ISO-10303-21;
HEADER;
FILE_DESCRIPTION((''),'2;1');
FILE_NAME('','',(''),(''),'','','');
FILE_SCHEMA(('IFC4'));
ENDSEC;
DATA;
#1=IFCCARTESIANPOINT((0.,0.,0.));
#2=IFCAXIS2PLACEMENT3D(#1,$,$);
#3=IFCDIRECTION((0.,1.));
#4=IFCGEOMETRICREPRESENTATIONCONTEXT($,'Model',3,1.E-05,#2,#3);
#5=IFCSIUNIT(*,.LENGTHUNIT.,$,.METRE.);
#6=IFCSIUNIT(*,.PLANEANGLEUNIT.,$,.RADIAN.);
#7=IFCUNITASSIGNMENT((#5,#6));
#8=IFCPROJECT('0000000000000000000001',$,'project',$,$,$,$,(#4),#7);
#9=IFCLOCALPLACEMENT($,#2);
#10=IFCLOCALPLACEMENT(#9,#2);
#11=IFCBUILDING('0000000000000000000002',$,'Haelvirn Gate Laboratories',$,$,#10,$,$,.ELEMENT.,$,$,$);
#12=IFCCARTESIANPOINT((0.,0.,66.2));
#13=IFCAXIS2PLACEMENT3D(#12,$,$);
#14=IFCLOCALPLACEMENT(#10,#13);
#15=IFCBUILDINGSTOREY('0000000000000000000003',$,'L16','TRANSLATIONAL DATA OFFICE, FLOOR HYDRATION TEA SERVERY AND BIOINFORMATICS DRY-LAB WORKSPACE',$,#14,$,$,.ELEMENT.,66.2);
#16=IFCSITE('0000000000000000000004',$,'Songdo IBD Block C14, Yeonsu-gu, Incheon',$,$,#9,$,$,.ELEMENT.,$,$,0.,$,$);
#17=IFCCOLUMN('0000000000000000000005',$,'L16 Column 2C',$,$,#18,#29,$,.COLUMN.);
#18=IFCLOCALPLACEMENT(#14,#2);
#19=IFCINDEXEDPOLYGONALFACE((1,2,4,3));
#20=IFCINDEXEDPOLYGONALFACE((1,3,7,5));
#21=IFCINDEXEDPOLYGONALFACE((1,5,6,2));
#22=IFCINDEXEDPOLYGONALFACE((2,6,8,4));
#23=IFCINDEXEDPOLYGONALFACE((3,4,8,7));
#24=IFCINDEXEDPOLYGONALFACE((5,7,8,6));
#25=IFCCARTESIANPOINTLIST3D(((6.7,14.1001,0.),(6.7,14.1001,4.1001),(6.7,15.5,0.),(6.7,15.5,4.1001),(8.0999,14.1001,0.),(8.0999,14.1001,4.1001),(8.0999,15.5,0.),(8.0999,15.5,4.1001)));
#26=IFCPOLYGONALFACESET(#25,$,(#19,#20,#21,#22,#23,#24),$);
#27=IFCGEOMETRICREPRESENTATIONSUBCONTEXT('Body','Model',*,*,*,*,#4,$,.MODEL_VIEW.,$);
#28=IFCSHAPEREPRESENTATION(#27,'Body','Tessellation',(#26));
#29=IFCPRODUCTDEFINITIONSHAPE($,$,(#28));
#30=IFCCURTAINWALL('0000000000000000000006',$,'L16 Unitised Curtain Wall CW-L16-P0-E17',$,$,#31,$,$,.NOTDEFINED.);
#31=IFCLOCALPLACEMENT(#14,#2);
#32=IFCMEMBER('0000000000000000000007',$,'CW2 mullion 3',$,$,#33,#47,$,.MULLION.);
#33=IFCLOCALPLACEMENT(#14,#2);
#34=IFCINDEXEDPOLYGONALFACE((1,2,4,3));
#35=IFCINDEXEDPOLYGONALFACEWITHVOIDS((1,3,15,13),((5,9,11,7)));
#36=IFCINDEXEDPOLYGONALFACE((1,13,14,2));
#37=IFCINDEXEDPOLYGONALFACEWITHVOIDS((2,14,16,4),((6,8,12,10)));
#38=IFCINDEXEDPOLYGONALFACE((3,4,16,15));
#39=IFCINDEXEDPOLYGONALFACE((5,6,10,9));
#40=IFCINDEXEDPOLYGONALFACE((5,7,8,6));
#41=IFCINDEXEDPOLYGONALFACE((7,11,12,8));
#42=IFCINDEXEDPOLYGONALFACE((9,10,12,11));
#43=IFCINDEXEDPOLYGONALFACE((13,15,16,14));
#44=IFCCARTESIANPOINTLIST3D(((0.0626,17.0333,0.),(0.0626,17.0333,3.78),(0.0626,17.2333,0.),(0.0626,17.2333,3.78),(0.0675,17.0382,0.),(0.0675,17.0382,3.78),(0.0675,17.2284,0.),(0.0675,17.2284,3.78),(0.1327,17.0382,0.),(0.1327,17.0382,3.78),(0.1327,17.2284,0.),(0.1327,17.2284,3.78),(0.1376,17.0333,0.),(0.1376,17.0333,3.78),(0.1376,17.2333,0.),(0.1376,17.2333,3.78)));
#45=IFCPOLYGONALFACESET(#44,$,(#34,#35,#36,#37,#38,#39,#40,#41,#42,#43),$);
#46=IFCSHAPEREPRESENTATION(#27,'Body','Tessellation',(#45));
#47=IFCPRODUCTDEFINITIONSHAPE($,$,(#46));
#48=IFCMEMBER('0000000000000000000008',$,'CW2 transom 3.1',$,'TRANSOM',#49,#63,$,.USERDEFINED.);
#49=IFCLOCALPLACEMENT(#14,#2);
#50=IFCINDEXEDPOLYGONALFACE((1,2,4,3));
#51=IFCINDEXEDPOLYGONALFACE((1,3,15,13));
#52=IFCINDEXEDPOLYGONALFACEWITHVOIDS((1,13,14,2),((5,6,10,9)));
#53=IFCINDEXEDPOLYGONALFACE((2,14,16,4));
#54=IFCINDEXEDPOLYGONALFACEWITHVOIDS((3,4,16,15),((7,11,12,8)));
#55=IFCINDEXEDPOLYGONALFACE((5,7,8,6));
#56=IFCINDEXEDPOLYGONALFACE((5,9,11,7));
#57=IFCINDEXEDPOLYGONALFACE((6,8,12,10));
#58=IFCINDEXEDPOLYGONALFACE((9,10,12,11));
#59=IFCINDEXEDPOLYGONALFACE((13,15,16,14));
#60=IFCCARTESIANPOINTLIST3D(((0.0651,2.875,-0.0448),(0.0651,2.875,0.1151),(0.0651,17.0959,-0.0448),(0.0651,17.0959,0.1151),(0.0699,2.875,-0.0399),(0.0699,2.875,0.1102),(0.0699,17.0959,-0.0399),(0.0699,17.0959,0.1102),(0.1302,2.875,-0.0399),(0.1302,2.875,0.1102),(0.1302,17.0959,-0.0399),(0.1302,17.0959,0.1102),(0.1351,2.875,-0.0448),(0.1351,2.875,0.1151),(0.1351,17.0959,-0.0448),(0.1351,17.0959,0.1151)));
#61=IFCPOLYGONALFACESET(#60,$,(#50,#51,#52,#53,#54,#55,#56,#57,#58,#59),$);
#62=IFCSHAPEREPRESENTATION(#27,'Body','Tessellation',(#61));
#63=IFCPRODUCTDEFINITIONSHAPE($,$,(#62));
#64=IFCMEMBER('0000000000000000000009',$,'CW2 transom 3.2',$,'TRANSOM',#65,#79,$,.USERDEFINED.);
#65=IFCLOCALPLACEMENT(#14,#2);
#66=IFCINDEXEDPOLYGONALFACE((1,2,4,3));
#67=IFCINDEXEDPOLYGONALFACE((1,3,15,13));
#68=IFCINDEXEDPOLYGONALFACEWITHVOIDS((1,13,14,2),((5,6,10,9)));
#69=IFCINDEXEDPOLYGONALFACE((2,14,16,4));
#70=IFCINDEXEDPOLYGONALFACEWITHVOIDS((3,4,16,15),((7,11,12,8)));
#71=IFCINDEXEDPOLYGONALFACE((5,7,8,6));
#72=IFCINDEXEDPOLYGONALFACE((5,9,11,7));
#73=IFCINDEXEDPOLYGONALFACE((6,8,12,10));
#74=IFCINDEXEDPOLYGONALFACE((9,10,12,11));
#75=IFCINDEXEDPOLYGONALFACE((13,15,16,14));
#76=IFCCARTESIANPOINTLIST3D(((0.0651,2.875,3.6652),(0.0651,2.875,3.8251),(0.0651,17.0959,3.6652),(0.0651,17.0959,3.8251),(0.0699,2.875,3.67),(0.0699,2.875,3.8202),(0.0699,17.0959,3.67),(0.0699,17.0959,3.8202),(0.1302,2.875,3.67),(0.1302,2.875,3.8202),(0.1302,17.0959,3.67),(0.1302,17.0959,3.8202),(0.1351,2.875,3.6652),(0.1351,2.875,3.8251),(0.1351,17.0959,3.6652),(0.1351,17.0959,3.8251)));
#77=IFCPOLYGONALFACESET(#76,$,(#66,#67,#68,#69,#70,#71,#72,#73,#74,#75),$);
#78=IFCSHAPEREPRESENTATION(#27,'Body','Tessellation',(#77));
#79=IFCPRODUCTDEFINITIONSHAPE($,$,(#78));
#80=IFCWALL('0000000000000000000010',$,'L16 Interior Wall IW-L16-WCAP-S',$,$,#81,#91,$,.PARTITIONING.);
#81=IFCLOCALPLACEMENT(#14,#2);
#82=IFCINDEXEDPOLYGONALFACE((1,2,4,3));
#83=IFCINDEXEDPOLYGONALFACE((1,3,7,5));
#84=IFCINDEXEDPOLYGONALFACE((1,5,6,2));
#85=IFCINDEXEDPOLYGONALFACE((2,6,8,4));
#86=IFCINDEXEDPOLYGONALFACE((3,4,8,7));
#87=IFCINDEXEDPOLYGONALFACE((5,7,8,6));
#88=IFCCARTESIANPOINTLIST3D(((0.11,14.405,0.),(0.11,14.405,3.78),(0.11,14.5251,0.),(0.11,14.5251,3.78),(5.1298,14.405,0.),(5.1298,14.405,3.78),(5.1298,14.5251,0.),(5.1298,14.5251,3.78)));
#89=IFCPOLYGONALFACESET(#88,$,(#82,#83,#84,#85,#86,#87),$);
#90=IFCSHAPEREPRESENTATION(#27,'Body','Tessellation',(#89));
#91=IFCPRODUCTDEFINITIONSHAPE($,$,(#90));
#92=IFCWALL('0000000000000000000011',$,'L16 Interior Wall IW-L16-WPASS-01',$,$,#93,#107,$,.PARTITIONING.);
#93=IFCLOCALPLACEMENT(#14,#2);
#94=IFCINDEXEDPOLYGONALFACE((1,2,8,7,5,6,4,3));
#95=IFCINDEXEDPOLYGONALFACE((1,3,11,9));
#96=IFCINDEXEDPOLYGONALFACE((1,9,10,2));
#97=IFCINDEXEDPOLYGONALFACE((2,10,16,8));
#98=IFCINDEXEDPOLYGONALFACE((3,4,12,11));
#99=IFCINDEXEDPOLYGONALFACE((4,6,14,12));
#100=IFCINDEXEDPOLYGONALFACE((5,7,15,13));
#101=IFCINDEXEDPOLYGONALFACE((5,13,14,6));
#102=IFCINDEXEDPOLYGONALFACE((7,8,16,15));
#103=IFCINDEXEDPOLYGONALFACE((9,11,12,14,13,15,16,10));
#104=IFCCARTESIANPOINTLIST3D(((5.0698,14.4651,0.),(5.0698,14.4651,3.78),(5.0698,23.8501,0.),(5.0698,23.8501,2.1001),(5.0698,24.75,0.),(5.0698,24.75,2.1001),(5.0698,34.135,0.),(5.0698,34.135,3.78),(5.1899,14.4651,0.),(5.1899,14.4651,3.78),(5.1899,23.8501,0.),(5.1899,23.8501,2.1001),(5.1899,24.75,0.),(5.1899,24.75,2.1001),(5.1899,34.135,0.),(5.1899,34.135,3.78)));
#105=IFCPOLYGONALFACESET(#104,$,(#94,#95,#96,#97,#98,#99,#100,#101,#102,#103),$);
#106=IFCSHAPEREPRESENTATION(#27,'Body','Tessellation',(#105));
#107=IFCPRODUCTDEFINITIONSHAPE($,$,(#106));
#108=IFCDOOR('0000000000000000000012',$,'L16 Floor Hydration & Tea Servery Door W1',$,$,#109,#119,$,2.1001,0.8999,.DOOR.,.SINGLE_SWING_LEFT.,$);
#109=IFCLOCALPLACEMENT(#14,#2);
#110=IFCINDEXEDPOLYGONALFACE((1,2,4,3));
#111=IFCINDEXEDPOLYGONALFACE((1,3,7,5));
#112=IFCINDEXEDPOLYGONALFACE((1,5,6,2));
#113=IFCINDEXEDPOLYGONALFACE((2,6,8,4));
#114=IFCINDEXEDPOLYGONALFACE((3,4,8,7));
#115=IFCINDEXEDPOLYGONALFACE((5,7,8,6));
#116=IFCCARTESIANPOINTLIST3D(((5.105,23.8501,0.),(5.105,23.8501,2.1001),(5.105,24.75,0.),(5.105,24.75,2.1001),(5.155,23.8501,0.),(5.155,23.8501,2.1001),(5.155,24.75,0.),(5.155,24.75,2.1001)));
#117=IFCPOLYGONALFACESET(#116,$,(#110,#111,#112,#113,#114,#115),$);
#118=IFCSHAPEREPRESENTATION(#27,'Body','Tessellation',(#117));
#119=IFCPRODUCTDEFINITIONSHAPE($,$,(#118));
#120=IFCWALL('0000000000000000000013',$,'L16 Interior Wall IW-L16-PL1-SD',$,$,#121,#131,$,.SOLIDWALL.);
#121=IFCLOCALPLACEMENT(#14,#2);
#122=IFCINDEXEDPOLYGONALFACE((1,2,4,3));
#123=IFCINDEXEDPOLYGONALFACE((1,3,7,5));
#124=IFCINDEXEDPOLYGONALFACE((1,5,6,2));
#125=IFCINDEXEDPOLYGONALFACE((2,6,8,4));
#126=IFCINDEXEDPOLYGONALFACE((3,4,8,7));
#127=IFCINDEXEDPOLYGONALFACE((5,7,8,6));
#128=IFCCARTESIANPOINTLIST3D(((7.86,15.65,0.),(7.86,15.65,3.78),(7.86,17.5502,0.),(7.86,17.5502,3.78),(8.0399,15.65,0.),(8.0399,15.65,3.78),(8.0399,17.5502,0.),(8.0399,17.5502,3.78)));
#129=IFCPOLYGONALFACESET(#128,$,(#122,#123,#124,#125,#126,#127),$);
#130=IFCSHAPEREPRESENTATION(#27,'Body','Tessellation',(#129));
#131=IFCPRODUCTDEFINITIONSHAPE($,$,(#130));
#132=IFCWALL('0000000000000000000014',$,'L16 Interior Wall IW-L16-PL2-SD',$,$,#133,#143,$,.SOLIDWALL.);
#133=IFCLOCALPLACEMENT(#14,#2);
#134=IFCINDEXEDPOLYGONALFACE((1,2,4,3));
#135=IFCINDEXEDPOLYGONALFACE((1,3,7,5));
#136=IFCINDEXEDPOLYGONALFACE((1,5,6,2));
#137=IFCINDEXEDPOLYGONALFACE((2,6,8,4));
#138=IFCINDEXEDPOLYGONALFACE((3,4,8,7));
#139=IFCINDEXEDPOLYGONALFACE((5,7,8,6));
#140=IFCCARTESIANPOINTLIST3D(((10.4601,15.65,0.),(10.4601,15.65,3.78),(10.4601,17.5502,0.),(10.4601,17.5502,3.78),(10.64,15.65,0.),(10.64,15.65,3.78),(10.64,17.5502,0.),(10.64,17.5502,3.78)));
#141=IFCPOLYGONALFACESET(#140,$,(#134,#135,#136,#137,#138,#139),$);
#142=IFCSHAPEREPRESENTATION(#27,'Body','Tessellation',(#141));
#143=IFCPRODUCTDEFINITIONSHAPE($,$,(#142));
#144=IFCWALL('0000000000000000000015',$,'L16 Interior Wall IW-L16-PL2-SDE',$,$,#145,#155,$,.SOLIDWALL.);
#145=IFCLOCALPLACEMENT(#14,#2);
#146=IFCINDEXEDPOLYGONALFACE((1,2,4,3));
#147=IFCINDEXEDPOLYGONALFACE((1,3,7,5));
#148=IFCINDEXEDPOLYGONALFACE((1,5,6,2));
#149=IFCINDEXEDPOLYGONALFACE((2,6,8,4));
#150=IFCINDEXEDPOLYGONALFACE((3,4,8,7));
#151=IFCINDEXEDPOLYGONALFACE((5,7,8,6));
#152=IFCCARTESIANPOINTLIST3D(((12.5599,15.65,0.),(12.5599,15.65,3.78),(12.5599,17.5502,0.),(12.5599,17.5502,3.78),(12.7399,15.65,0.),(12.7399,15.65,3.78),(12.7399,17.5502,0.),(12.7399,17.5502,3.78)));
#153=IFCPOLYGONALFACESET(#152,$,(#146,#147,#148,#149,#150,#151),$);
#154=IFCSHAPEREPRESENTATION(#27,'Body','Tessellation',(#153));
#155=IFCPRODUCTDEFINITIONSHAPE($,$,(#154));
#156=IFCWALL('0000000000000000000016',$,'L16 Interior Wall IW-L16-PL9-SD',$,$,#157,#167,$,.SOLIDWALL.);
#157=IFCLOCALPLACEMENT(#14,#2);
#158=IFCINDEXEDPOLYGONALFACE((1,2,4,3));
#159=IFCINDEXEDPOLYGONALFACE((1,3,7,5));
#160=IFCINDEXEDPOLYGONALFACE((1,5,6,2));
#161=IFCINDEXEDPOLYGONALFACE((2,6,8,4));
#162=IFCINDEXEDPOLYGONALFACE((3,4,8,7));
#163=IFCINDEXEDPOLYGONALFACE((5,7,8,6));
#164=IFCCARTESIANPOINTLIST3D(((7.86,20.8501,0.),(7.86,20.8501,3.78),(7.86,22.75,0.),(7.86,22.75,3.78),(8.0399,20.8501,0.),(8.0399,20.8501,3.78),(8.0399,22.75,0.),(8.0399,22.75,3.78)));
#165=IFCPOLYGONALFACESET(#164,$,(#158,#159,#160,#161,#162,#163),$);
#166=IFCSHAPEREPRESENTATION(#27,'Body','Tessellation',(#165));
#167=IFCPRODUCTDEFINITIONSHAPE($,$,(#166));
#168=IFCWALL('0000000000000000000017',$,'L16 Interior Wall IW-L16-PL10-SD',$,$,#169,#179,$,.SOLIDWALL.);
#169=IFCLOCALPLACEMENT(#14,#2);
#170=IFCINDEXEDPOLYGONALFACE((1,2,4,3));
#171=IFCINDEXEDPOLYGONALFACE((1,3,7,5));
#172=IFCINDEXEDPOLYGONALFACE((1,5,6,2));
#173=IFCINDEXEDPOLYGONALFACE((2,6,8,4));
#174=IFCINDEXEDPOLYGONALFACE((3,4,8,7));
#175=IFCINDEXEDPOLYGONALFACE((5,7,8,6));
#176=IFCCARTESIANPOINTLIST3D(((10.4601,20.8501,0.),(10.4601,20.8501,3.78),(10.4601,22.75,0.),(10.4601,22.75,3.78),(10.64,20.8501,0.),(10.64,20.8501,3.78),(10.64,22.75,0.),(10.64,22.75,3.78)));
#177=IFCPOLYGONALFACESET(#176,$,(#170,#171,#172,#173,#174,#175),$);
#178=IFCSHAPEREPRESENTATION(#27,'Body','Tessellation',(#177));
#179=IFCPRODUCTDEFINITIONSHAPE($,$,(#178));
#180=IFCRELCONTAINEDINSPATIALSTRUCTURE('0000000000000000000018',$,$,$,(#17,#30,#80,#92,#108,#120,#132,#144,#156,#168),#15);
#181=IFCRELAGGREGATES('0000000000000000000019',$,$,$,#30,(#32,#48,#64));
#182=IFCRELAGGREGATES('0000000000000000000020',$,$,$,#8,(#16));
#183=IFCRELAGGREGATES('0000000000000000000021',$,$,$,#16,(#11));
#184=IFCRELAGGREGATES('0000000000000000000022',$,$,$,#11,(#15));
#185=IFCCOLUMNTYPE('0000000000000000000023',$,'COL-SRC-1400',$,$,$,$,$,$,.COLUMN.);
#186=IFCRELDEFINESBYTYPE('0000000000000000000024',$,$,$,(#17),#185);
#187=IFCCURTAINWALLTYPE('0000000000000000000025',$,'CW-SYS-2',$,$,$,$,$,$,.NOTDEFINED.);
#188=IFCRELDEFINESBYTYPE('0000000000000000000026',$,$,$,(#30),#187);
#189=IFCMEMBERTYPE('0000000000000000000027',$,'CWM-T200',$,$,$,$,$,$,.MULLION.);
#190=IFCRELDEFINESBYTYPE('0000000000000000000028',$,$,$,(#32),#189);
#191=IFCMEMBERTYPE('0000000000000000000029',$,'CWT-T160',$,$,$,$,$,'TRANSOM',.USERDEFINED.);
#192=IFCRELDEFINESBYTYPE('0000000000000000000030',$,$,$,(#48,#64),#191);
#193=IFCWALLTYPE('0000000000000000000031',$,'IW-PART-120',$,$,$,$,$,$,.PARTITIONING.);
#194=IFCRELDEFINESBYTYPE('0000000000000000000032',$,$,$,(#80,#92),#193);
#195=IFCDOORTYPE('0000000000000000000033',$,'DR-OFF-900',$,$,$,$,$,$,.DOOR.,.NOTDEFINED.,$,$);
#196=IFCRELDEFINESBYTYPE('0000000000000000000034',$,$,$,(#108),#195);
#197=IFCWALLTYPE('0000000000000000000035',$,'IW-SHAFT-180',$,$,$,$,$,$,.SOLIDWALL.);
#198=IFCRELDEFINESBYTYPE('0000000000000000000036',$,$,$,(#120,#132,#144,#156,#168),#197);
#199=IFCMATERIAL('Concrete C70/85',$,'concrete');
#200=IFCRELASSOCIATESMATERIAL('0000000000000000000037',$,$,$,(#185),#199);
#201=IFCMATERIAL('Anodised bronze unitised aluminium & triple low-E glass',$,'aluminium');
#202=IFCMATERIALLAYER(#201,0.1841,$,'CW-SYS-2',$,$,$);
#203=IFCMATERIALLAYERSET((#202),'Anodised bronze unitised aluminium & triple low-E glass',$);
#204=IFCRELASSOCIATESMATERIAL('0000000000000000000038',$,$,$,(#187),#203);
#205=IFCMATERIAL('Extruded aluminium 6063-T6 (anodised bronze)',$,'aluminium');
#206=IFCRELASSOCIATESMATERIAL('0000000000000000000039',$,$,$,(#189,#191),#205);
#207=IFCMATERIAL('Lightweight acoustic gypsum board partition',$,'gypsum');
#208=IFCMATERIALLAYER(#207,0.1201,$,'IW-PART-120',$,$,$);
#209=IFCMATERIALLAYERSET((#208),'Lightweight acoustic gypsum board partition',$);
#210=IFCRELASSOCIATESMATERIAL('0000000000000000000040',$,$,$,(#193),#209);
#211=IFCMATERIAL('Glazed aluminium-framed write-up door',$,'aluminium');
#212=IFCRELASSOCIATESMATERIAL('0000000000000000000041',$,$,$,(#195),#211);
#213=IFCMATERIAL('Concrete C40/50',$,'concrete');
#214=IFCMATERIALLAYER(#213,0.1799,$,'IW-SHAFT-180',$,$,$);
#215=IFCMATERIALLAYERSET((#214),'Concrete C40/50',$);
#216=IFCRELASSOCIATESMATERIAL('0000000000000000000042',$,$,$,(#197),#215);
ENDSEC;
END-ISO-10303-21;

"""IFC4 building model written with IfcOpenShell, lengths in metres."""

from ifc_helpers import new_model, si_unit, direction, frame, frame_2d, origin, origin_2d, place, context, subcontext, project, spatial, rectangle, hollow_rectangle, extrude, source, transform, mapped, material, layer, layer_set, material_profile, profile_set, type_object, type_shapes, element, fill, aggregate, save


model = new_model("IFC4")

# Units and contexts
model_context = context("Model", 3, precision=1e-05, world=origin(), true_north=direction((0.0, 1.0)))
body_context = subcontext(model_context, "Body", "Model", "MODEL_VIEW")
ifc_project = project(units=[si_unit("LENGTHUNIT", "METRE"), si_unit("PLANEANGLEUNIT", "RADIAN")], contexts=[model_context])

# Site, building, storey
site_placement = place(None, origin())
site = spatial("IfcSite", under=ifc_project, at=site_placement, Name="Songdo IBD Block C14, Yeonsu-gu, Incheon", CompositionType="ELEMENT", RefElevation=0.0)
building_placement = place(site_placement, origin())
building = spatial("IfcBuilding", under=site, at=building_placement, Name="Haelvirn Gate Laboratories", CompositionType="ELEMENT")
storey_placement = place(building_placement, frame((0.0, 0.0, 66.2)))
storey = spatial("IfcBuildingStorey", under=building, at=storey_placement, Name="L16", Description="TRANSLATIONAL DATA OFFICE, FLOOR HYDRATION TEA SERVERY AND BIOINFORMATICS DRY-LAB WORKSPACE", CompositionType="ELEMENT", Elevation=66.2)

# Column
ifc_material_1 = material(Name="Concrete C70/85", Category="concrete")
ifc_material_profile_1 = material_profile(ifc_material_1, rectangle(XDim=1.3999, YDim=1.3999, at=origin_2d()), Name="SRC-1400x1400")
ifc_profile_set_1 = profile_set([ifc_material_profile_1], Name="Concrete C70/85")
column_type = type_object("IfcColumnType", Name="COL-SRC-1400", PredefinedType="COLUMN", material=ifc_profile_set_1)
shared_shape_1 = source(origin(), body_context, "Body", "SweptSolid", [
    extrude(rectangle(XDim=1.3999, YDim=1.3999, at=origin_2d()), origin(), (0.0, 0.0, 1.0), 4.1001),
])
type_shapes(column_type, [shared_shape_1])
column_placement = place(storey_placement, frame((7.3999, 14.8, 0.0), z_axis=(0.0, 0.0, 1.0), x_axis=(1.0, 0.0, 0.0)))
element("IfcColumn", 1, at=column_placement, inside=storey, type_object=column_type, Name="L16 Column 2C", PredefinedType="COLUMN", context=body_context, shape_type="MappedRepresentation", body=[
    mapped(shared_shape_1, transform((0.0, 0.0, 0.0), scale=1.0)),
])

# Curtain wall, members
ifc_material_2 = material(Name="Anodised bronze unitised aluminium & triple low-E glass", Category="aluminium")
ifc_layer_1 = layer(ifc_material_2, 0.1841, Name="CW-SYS-2")
ifc_layer_set_1 = layer_set([ifc_layer_1], Name="Anodised bronze unitised aluminium & triple low-E glass")
curtain_wall_type = type_object("IfcCurtainWallType", Name="CW-SYS-2", PredefinedType="NOTDEFINED", material=ifc_layer_set_1)
curtain_wall_placement = place(storey_placement, origin())
curtain_wall = element("IfcCurtainWall", 2, at=curtain_wall_placement, inside=storey, type_object=curtain_wall_type, Name="L16 Unitised Curtain Wall CW-L16-P0-E17", PredefinedType="NOTDEFINED")
ifc_material_3 = material(Name="Extruded aluminium 6063-T6 (anodised bronze)", Category="aluminium")
ifc_material_profile_2 = material_profile(ifc_material_3, hollow_rectangle(XDim=0.075, YDim=0.2, WallThickness=0.0049, at=origin_2d()), Name="CWM-200x75x5")
ifc_profile_set_2 = profile_set([ifc_material_profile_2], Name="Extruded aluminium 6063-T6 (anodised bronze)")
member_type_1 = type_object("IfcMemberType", Name="CWM-T200", PredefinedType="MULLION", material=ifc_profile_set_2)
shared_shape_2 = source(origin(), body_context, "Body", "SweptSolid", [
    extrude(hollow_rectangle(XDim=0.075, YDim=0.2, WallThickness=0.0049, at=origin_2d()), origin(), (0.0, 0.0, 1.0), 3.78),
])
type_shapes(member_type_1, [shared_shape_2])
member_1_placement = place(storey_placement, frame((0.1001, 17.1333, 0.0), z_axis=(0.0, 0.0, 1.0), x_axis=(1.0, 0.0, 0.0)))
member_1 = element("IfcMember", 3, at=member_1_placement, type_object=member_type_1, Name="CW2 mullion 3", PredefinedType="MULLION", context=body_context, shape_type="MappedRepresentation", body=[
    mapped(shared_shape_2, transform((0.0, 0.0, 0.0), scale=1.0)),
])
ifc_material_profile_3 = material_profile(ifc_material_3, hollow_rectangle(XDim=0.0701, YDim=0.1599, WallThickness=0.0049, at=origin_2d()), Name="CWT-160x70x5")
ifc_profile_set_3 = profile_set([ifc_material_profile_3], Name="Extruded aluminium 6063-T6 (anodised bronze)")
member_type_2 = type_object("IfcMemberType", Name="CWT-T160", ElementType="TRANSOM", PredefinedType="USERDEFINED", material=ifc_profile_set_3)
shared_shape_3 = source(origin(), body_context, "Body", "SweptSolid", [
    extrude(hollow_rectangle(XDim=0.0701, YDim=0.1599, WallThickness=0.0049, at=origin_2d()), origin(), (0.0, 0.0, 1.0), 14.2209),
])
type_shapes(member_type_2, [shared_shape_3])
member_2_placement = place(storey_placement, frame((0.1001, 17.0959, 0.0352), z_axis=(0.0, -1.0, 0.0), x_axis=(1.0, 0.0, 0.0)))
member_2 = element("IfcMember", 4, at=member_2_placement, type_object=member_type_2, Name="CW2 transom 3.1", ObjectType="TRANSOM", PredefinedType="USERDEFINED", context=body_context, shape_type="MappedRepresentation", body=[
    mapped(shared_shape_3, transform((0.0, 0.0, 0.0), scale=1.0)),
])
member_3_placement = place(storey_placement, frame((0.1001, 17.0959, 3.7451), z_axis=(0.0, -1.0, 0.0), x_axis=(1.0, 0.0, 0.0)))
member_3 = element("IfcMember", 5, at=member_3_placement, type_object=member_type_2, Name="CW2 transom 3.2", ObjectType="TRANSOM", PredefinedType="USERDEFINED", context=body_context, shape_type="MappedRepresentation", body=[
    mapped(shared_shape_3, transform((0.0, 0.0, 0.0), scale=1.0)),
])
aggregate(curtain_wall, [member_1, member_2, member_3])

# Wall
ifc_material_4 = material(Name="Lightweight acoustic gypsum board partition", Category="gypsum")
ifc_layer_2 = layer(ifc_material_4, 0.1201, Name="IW-PART-120")
ifc_layer_set_2 = layer_set([ifc_layer_2], Name="Lightweight acoustic gypsum board partition")
wall_type_1 = type_object("IfcWallType", Name="IW-PART-120", PredefinedType="PARTITIONING", material=ifc_layer_set_2)
wall_1_placement = place(storey_placement, frame((0.1101, 14.4651, 0.0), z_axis=(0.0, 0.0, 1.0), x_axis=(1.0, 0.0, 0.0)))
element("IfcWall", 6, at=wall_1_placement, inside=storey, type_object=wall_type_1, Name="L16 Interior Wall IW-L16-WCAP-S", PredefinedType="PARTITIONING", context=body_context, shape_type="SweptSolid", body=[
    extrude(rectangle(XDim=5.0198, YDim=0.1201, at=frame_2d((2.5098, 0.0))), origin(), (0.0, 0.0, 1.0), 3.78),
])

# Wall, opening, door
wall_2_placement = place(storey_placement, frame((5.1299, 14.4651, 0.0), z_axis=(0.0, 0.0, 1.0), x_axis=(0.0, 1.0, 0.0)))
wall_2 = element("IfcWall", 7, at=wall_2_placement, inside=storey, type_object=wall_type_1, Name="L16 Interior Wall IW-L16-WPASS-01", PredefinedType="PARTITIONING", context=body_context, shape_type="SweptSolid", body=[
    extrude(rectangle(XDim=19.6699, YDim=0.1201, at=frame_2d((9.835, 0.0))), origin(), (0.0, 0.0, 1.0), 3.78),
])
opening_1_placement = place(wall_2_placement, frame((9.385, 0.0, 0.0)))
opening_1 = element("IfcOpeningElement", 8, at=opening_1_placement, cuts=wall_2, PredefinedType="OPENING", context=body_context, shape_type="SweptSolid", body=[
    extrude(rectangle(XDim=0.8999, YDim=2.1001, at=frame_2d((0.45, 1.05))), frame((0.0, 0.0701, 0.0), z_axis=(0.0, -1.0, 0.0), x_axis=(1.0, 0.0, 0.0)), (0.0, 0.0, 1.0), 0.1401),
])
ifc_material_5 = material(Name="Glazed aluminium-framed write-up door", Category="aluminium")
door_type_1 = type_object("IfcDoorType", Name="DR-OFF-900", OperationType="NOTDEFINED", PredefinedType="DOOR", material=ifc_material_5)
shared_shape_4 = source(origin(), body_context, "Body", "SweptSolid", [
    extrude(rectangle(XDim=0.8999, YDim=2.1001, at=frame_2d((0.45, 1.05))), frame((0.0, 0.0249, 0.0), z_axis=(0.0, -1.0, 0.0), x_axis=(1.0, 0.0, 0.0)), (0.0, 0.0, 1.0), 0.05),
])
type_shapes(door_type_1, [shared_shape_4])
door_1_placement = place(opening_1_placement, origin())
door_1 = element("IfcDoor", 9, at=door_1_placement, inside=storey, type_object=door_type_1, Name="L16 Floor Hydration & Tea Servery Door W1", OperationType="SINGLE_SWING_LEFT", OverallHeight=2.1001, OverallWidth=0.8999, PredefinedType="DOOR", context=body_context, shape_type="MappedRepresentation", body=[
    mapped(shared_shape_4, transform((0.0, 0.0, 0.0), scale=1.0)),
])
fill(opening_1, door_1)

# Walls
ifc_material_6 = material(Name="Concrete C40/50", Category="concrete")
ifc_layer_3 = layer(ifc_material_6, 0.1799, Name="IW-SHAFT-180")
ifc_layer_set_3 = layer_set([ifc_layer_3], Name="Concrete C40/50")
wall_type_2 = type_object("IfcWallType", Name="IW-SHAFT-180", PredefinedType="SOLIDWALL", material=ifc_layer_set_3)
for number, where, z_axis, x_axis, name in (
    (10, (7.95, 15.6499, 0.0), (0.0, 0.0, 1.0), (0.0, 1.0, 0.0), "L16 Interior Wall IW-L16-PL1-SD"),
    (11, (10.55, 15.6499, 0.0), (0.0, 0.0, 1.0), (0.0, 1.0, 0.0), "L16 Interior Wall IW-L16-PL2-SD"),
    (12, (12.6499, 15.6499, 0.0), (0.0, 0.0, 1.0), (0.0, 1.0, 0.0), "L16 Interior Wall IW-L16-PL2-SDE"),
):
    element("IfcWall", number, at=place(storey_placement, frame(where, z_axis=z_axis, x_axis=x_axis)), inside=storey, type_object=wall_type_2, Name=name, PredefinedType="SOLIDWALL", context=body_context, shape_type="SweptSolid", body=[
        extrude(rectangle(XDim=1.9001, YDim=0.1799, at=frame_2d((0.9502, 0.0))), origin(), (0.0, 0.0, 1.0), 3.78),
    ])
for number, where, z_axis, x_axis, name in (
    (13, (7.95, 20.8501, 0.0), (0.0, 0.0, 1.0), (0.0, 1.0, 0.0), "L16 Interior Wall IW-L16-PL9-SD"),
    (14, (10.55, 20.8501, 0.0), (0.0, 0.0, 1.0), (0.0, 1.0, 0.0), "L16 Interior Wall IW-L16-PL10-SD"),
):
    element("IfcWall", number, at=place(storey_placement, frame(where, z_axis=z_axis, x_axis=x_axis)), inside=storey, type_object=wall_type_2, Name=name, PredefinedType="SOLIDWALL", context=body_context, shape_type="SweptSolid", body=[
        extrude(rectangle(XDim=1.8999, YDim=0.1799, at=frame_2d((0.95, 0.0))), origin(), (0.0, 0.0, 1.0), 3.78),
    ])

save(model, "model.ifc")
